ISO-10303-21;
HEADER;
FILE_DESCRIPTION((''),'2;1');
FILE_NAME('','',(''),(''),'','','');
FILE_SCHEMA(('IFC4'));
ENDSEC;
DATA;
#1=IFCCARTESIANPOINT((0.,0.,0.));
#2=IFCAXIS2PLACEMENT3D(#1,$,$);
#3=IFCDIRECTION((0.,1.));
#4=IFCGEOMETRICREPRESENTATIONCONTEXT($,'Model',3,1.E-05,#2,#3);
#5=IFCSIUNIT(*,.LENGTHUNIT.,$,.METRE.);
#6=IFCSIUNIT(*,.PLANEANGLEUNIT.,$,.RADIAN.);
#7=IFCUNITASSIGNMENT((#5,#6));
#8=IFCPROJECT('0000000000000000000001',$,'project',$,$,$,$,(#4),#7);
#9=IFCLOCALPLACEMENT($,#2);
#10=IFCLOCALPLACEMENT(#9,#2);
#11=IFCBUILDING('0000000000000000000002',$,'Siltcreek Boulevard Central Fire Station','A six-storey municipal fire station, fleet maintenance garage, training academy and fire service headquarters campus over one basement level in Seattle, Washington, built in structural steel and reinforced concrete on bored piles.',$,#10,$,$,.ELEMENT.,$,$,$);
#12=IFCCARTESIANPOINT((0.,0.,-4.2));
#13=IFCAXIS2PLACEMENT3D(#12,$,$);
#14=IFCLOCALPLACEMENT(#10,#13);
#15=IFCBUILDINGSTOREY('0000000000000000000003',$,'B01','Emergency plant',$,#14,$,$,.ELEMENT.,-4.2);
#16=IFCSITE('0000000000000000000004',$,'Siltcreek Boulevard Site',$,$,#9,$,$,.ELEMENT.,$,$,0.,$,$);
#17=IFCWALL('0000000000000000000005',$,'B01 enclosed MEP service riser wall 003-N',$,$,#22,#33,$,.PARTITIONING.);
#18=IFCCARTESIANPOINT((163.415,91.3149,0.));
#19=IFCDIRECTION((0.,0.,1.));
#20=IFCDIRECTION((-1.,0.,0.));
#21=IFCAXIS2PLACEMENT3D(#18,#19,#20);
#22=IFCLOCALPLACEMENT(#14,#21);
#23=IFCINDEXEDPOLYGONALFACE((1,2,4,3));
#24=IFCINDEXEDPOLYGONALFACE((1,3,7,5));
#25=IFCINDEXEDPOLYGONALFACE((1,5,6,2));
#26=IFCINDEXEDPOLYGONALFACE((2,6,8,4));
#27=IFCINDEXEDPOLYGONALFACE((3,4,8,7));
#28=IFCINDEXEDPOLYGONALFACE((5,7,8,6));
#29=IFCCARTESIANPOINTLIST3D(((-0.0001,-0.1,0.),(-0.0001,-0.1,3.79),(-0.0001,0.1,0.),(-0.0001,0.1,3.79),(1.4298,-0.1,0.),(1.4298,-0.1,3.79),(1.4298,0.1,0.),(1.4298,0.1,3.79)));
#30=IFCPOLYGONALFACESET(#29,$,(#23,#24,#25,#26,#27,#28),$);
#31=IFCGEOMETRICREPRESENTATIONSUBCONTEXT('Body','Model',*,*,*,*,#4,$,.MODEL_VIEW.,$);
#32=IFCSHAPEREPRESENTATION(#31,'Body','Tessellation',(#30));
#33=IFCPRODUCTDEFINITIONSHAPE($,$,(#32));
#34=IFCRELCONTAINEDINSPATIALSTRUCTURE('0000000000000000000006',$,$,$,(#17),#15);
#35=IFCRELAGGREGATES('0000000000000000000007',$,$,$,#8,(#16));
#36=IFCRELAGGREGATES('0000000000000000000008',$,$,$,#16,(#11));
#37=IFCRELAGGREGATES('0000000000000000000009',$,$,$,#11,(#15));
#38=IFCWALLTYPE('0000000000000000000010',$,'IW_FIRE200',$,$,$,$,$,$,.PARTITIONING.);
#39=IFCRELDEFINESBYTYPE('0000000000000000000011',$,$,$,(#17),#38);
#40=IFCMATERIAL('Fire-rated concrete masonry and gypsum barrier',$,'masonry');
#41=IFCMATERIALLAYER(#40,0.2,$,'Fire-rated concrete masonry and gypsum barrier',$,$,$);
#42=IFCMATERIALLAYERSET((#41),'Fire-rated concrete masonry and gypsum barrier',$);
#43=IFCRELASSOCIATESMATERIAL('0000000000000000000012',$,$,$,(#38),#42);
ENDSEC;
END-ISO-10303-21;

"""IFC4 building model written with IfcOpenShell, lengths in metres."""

from ifc_helpers import new_model, si_unit, direction, frame, frame_2d, origin, place, context, subcontext, project, spatial, rectangle, extrude, material, layer, layer_set, type_object, element, save


model = new_model("IFC4")

# Units and contexts
model_context = context("Model", 3, precision=1e-05, world=origin(), true_north=direction((0.0, 1.0)))
body_context = subcontext(model_context, "Body", "Model", "MODEL_VIEW")
ifc_project = project(units=[si_unit("LENGTHUNIT", "METRE"), si_unit("PLANEANGLEUNIT", "RADIAN")], contexts=[model_context])

# Site, building, storey
site_placement = place(None, origin())
site = spatial("IfcSite", under=ifc_project, at=site_placement, Name="Siltcreek Boulevard Site", CompositionType="ELEMENT", RefElevation=0.0)
building_placement = place(site_placement, origin())
building = spatial("IfcBuilding", under=site, at=building_placement, Name="Siltcreek Boulevard Central Fire Station", Description="A six-storey municipal fire station, fleet maintenance garage, training academy and fire service headquarters campus over one basement level in Seattle, Washington, built in structural steel and reinforced concrete on bored piles.", CompositionType="ELEMENT")
storey_placement = place(building_placement, frame((0.0, 0.0, -4.2)))
storey = spatial("IfcBuildingStorey", under=building, at=storey_placement, Name="B01", Description="Emergency plant", CompositionType="ELEMENT", Elevation=-4.2)

# Wall
ifc_material_1 = material(Name="Fire-rated concrete masonry and gypsum barrier", Category="masonry")
ifc_layer_1 = layer(ifc_material_1, 0.2, Name="Fire-rated concrete masonry and gypsum barrier")
ifc_layer_set_1 = layer_set([ifc_layer_1], Name="Fire-rated concrete masonry and gypsum barrier")
wall_type_1 = type_object("IfcWallType", Name="IW_FIRE200", PredefinedType="PARTITIONING", material=ifc_layer_set_1)
wall_1_placement = place(storey_placement, frame((163.415, 91.3149, 0.0), z_axis=(0.0, 0.0, 1.0), x_axis=(-1.0, 0.0, 0.0)))
element("IfcWall", 1, at=wall_1_placement, inside=storey, type_object=wall_type_1, Name="B01 enclosed MEP service riser wall 003-N", PredefinedType="PARTITIONING", context=body_context, shape_type="SweptSolid", body=[
    extrude(rectangle(XDim=1.4299, YDim=0.2, at=frame_2d((0.7148, 0.0))), origin(), (0.0, 0.0, 1.0), 3.79),
])

save(model, "model.ifc")
